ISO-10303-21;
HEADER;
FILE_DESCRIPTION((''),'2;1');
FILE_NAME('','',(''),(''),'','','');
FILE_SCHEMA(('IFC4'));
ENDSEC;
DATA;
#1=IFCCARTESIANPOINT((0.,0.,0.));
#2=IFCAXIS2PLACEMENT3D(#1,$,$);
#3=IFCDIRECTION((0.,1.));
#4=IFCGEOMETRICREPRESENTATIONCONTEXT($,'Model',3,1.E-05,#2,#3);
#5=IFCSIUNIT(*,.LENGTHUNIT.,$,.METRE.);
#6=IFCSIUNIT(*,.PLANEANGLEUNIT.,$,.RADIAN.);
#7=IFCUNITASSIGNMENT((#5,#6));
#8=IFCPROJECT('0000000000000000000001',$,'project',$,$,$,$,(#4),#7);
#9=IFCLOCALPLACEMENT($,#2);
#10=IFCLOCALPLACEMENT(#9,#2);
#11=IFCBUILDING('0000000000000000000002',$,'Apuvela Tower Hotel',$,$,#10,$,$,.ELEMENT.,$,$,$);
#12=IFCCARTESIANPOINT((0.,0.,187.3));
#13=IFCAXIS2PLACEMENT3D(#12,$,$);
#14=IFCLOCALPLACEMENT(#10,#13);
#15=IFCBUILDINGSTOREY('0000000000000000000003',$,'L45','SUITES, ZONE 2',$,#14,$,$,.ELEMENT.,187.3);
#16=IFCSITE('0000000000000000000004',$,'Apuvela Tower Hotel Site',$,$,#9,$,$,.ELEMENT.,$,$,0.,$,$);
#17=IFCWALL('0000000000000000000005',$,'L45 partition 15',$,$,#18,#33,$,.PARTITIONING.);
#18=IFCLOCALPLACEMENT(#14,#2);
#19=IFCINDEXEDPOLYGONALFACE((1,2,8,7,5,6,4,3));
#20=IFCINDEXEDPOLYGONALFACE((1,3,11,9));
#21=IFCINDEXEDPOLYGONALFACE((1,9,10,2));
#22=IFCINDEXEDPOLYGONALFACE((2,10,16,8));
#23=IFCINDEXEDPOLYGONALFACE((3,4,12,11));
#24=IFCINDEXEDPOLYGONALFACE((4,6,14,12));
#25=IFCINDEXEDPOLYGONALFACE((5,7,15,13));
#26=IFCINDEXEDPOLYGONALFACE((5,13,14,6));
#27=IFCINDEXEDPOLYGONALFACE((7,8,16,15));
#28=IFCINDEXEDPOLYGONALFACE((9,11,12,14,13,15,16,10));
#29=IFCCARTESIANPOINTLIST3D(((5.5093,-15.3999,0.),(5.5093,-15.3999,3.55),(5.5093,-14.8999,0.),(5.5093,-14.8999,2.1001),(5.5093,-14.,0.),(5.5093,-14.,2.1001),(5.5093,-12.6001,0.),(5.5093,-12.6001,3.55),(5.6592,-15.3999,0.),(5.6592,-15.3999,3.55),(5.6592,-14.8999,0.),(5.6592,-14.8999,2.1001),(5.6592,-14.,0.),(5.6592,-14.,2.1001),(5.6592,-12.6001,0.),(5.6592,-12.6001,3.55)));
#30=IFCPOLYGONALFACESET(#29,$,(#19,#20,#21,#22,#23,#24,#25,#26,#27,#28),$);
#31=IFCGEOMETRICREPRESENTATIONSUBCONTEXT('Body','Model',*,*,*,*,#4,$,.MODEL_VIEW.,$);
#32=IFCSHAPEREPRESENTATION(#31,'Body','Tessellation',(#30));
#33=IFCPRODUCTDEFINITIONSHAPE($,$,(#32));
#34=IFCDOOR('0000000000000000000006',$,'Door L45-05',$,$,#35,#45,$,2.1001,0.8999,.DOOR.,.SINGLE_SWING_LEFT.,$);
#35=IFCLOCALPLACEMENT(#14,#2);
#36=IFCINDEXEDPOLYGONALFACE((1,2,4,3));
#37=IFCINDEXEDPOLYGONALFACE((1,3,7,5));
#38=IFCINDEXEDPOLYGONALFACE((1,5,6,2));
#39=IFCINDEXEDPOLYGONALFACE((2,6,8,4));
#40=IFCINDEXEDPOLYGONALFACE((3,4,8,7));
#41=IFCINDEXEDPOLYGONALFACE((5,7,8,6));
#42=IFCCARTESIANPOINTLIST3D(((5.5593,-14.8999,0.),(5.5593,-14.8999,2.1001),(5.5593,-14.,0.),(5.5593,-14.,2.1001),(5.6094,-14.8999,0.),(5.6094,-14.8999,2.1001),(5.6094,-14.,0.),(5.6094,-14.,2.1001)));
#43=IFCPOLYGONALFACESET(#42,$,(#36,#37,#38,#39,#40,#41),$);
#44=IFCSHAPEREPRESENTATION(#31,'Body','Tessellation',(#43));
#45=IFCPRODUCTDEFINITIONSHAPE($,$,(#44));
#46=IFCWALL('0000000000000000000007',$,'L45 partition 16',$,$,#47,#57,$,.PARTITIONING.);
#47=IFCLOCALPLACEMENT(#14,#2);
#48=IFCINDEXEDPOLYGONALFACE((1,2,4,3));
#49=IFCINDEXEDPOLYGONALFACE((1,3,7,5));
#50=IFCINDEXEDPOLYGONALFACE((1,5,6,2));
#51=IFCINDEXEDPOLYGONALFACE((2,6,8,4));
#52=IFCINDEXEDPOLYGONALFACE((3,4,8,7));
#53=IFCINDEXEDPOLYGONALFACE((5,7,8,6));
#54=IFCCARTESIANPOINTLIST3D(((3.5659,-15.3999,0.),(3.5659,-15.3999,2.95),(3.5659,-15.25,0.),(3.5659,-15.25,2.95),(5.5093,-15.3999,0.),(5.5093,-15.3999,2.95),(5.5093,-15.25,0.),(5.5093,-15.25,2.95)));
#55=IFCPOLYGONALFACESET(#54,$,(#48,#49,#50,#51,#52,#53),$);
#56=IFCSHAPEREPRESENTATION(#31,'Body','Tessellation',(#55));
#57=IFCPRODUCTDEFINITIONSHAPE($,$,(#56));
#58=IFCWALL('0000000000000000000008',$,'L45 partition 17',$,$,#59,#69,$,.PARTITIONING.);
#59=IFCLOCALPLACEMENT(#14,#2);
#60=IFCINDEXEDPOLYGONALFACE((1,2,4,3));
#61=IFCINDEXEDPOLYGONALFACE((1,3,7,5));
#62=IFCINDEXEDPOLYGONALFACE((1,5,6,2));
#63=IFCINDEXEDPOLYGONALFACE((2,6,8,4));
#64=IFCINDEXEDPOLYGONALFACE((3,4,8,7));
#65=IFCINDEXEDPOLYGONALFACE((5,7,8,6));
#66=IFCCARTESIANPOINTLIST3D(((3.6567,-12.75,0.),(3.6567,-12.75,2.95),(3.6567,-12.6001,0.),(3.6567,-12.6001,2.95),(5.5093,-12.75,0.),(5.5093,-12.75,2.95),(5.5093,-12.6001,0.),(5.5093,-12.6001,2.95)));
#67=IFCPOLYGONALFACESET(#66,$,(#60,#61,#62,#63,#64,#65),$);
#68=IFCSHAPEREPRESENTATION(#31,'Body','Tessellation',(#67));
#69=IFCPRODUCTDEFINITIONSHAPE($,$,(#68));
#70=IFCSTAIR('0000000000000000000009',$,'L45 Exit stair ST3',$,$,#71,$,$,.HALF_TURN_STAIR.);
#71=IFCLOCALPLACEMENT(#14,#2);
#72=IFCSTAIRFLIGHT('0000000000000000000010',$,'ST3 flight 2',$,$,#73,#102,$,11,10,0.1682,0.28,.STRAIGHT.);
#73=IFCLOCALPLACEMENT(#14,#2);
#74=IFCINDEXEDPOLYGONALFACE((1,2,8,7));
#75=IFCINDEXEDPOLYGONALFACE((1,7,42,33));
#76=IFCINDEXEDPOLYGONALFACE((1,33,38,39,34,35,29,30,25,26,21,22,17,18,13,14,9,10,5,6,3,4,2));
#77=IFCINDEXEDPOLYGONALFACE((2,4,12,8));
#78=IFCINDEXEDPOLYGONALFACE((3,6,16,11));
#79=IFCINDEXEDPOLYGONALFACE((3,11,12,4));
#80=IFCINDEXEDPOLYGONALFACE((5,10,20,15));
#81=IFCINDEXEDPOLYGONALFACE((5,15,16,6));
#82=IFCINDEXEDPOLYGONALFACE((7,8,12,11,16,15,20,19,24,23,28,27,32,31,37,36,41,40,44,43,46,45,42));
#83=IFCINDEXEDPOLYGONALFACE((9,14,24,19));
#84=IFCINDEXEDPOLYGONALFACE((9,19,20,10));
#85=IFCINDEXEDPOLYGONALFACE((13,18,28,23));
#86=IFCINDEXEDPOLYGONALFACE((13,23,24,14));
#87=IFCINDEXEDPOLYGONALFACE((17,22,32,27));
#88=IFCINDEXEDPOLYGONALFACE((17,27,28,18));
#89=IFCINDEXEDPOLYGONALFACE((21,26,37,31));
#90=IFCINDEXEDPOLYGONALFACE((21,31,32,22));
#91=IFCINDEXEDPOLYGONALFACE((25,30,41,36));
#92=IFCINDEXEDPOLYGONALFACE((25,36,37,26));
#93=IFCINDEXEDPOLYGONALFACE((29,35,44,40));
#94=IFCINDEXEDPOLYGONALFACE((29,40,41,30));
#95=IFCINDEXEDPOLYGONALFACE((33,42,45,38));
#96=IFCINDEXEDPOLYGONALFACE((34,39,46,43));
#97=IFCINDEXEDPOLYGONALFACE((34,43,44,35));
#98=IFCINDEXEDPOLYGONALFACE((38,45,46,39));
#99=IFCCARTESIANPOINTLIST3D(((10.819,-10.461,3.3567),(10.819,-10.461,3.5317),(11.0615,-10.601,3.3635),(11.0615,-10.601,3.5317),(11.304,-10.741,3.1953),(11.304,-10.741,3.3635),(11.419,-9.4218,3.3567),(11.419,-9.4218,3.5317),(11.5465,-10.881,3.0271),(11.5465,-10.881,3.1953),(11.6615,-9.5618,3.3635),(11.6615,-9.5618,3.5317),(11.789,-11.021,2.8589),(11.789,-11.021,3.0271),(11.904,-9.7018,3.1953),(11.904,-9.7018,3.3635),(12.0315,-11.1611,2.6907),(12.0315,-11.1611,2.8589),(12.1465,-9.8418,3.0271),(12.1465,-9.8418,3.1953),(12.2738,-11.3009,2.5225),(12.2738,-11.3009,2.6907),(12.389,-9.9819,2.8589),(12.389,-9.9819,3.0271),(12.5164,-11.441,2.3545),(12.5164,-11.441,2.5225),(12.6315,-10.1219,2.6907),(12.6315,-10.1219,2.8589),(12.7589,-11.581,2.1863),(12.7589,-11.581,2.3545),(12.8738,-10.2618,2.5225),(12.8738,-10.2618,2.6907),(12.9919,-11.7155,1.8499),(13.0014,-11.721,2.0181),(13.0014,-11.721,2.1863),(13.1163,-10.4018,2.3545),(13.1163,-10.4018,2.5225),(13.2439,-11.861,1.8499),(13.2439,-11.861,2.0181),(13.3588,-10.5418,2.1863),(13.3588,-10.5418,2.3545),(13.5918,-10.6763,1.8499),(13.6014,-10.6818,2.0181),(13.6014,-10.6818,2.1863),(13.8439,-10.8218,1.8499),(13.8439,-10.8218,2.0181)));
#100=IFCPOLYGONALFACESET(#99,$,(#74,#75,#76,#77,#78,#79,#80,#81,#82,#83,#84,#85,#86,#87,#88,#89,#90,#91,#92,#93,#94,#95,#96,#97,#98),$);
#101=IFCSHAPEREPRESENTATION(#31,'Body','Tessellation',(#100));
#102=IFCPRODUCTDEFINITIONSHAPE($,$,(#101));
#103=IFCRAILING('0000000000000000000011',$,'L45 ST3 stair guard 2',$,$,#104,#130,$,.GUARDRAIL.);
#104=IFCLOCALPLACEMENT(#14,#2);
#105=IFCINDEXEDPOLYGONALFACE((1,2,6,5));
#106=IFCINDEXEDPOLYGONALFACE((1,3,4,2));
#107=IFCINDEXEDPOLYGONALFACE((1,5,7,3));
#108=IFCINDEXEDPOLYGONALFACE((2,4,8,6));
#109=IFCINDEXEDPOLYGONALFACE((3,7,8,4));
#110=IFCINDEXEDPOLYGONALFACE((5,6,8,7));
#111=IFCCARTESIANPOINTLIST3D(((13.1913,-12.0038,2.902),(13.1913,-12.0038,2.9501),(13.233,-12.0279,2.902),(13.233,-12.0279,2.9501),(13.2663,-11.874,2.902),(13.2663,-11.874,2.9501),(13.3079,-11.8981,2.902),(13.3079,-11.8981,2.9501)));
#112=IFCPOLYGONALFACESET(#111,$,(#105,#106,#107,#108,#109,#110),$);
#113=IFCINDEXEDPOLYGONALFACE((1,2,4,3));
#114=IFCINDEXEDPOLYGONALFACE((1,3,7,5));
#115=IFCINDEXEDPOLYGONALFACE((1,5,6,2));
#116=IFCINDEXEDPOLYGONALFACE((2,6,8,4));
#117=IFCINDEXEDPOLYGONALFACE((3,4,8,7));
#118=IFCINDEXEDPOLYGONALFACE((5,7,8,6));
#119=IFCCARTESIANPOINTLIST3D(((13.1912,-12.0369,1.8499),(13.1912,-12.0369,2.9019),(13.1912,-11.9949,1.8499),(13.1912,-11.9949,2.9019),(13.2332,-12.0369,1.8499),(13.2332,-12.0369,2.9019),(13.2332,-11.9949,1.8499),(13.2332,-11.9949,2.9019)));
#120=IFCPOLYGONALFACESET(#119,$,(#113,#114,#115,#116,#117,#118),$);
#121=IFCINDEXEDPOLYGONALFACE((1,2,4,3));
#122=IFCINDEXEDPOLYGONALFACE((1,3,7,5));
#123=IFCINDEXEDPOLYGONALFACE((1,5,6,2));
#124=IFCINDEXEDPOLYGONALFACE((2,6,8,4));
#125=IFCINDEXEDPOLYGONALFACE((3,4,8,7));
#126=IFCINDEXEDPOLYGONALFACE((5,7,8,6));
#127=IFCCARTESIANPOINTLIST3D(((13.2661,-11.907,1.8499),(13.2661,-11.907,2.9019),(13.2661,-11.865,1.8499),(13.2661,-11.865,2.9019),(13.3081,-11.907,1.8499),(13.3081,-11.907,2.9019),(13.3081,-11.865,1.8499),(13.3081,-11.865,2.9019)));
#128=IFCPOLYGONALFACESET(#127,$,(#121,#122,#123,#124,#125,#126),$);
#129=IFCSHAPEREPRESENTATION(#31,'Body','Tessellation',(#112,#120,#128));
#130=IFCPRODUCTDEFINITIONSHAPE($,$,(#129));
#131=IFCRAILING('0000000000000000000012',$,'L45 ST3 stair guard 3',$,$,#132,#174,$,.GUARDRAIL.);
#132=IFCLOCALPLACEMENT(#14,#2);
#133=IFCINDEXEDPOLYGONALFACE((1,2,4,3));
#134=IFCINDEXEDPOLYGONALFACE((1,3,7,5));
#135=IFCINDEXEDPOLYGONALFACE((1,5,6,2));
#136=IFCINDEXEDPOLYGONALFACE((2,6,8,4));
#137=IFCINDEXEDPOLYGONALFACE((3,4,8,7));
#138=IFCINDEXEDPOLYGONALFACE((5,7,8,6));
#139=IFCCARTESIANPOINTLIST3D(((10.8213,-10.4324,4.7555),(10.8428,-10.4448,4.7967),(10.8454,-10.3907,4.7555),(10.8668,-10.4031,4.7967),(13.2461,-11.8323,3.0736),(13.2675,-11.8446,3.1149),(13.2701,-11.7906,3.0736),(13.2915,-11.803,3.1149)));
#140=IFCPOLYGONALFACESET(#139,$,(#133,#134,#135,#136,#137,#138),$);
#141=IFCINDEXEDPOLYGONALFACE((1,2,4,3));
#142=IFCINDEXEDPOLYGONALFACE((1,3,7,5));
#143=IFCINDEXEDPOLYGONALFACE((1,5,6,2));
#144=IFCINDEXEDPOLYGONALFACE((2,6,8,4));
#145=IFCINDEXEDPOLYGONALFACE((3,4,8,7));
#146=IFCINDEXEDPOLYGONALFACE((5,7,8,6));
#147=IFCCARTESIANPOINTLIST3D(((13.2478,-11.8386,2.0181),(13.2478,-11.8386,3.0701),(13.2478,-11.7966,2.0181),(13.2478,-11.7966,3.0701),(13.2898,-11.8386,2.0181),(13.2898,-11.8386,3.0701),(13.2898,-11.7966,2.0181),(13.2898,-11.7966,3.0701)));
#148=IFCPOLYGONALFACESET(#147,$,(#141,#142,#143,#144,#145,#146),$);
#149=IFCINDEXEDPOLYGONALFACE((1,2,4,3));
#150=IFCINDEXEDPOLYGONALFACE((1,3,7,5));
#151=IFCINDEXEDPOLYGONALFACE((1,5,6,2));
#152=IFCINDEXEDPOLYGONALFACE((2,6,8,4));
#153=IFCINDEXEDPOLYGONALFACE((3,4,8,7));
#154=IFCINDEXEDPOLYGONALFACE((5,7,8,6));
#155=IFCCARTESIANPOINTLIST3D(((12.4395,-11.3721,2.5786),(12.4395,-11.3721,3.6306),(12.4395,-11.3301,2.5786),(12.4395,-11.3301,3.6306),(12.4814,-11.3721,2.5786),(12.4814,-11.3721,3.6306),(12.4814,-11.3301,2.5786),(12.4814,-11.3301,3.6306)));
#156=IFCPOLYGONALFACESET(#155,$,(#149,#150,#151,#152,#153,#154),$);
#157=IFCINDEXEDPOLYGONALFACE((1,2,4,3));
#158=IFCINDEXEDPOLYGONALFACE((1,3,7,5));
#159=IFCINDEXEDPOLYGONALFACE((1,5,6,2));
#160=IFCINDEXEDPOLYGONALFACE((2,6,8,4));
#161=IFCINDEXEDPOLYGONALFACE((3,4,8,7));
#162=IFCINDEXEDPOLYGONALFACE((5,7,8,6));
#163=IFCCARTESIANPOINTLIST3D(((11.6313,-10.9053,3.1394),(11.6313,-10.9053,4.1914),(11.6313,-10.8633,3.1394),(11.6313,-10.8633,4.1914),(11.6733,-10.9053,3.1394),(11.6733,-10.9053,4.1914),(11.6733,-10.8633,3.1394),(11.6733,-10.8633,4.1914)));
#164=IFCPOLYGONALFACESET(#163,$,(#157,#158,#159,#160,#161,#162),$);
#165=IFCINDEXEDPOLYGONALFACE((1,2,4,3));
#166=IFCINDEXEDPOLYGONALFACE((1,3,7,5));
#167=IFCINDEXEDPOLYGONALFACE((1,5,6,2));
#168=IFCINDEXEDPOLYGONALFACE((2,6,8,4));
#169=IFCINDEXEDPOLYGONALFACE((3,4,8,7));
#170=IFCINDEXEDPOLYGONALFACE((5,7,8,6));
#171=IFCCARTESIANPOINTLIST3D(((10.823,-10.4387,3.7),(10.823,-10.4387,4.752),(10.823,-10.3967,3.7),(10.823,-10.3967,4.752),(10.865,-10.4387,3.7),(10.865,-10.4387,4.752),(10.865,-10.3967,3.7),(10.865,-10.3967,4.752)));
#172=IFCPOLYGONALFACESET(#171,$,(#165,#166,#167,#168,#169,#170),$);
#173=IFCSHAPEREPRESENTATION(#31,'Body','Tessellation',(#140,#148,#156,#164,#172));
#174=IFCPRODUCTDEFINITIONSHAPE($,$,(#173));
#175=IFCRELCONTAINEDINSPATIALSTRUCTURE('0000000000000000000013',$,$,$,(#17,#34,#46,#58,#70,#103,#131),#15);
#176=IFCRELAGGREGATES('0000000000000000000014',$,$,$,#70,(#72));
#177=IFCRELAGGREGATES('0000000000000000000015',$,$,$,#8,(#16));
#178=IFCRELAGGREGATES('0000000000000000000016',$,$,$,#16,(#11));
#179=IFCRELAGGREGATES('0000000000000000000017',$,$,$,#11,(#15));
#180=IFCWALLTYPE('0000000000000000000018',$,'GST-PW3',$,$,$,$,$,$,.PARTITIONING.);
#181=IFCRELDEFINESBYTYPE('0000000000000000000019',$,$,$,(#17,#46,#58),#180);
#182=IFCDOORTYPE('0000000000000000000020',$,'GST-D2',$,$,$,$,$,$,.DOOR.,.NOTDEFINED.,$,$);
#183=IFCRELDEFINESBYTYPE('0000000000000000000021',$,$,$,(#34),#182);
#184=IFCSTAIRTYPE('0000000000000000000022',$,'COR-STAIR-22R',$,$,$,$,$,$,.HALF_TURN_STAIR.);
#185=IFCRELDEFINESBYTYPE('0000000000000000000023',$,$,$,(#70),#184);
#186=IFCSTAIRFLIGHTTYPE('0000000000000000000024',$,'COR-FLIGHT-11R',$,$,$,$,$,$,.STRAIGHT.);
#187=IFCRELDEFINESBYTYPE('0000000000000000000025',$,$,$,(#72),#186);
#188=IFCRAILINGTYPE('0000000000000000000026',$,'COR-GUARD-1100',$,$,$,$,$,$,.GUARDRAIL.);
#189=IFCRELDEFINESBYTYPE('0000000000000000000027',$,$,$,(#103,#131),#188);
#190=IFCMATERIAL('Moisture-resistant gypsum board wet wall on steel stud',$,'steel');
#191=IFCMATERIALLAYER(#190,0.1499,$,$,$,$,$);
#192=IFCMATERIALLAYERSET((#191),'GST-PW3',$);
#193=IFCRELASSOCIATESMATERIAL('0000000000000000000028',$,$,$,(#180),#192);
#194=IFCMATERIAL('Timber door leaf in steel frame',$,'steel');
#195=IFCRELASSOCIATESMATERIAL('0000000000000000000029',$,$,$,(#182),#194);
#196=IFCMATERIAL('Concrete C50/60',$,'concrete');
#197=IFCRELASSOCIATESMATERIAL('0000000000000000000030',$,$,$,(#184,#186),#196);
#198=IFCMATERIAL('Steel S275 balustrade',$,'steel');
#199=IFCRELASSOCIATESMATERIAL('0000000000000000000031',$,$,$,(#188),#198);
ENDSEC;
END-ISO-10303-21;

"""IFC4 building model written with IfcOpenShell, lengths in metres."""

from ifc_helpers import new_model, si_unit, direction, frame, frame_2d, origin, origin_2d, place, context, subcontext, project, spatial, polyline, rectangle, outline, extrude, material, layer, layer_set, type_object, element, fill, aggregate, save


model = new_model("IFC4")

# Units and contexts
model_context = context("Model", 3, precision=1e-05, world=origin(), true_north=direction((0.0, 1.0)))
body_context = subcontext(model_context, "Body", "Model", "MODEL_VIEW")
ifc_project = project(units=[si_unit("LENGTHUNIT", "METRE"), si_unit("PLANEANGLEUNIT", "RADIAN")], contexts=[model_context])

# Site, building, storey
site_placement = place(None, origin())
site = spatial("IfcSite", under=ifc_project, at=site_placement, Name="Apuvela Tower Hotel Site", CompositionType="ELEMENT", RefElevation=0.0)
building_placement = place(site_placement, origin())
building = spatial("IfcBuilding", under=site, at=building_placement, Name="Apuvela Tower Hotel", CompositionType="ELEMENT")
storey_placement = place(building_placement, frame((0.0, 0.0, 187.3)))
storey = spatial("IfcBuildingStorey", under=building, at=storey_placement, Name="L45", Description="SUITES, ZONE 2", CompositionType="ELEMENT", Elevation=187.3)

# Shared definitions
ifc_material_1 = material(Name="Moisture-resistant gypsum board wet wall on steel stud", Category="steel")
ifc_layer_1 = layer(ifc_material_1, 0.1499)
ifc_layer_set_1 = layer_set([ifc_layer_1], Name="GST-PW3")
wall_type_1 = type_object("IfcWallType", Name="GST-PW3", PredefinedType="PARTITIONING", material=ifc_layer_set_1)

# Wall, opening, door
wall_1_placement = place(storey_placement, frame((5.5842, -15.3999, 0.0), z_axis=(0.0, 0.0, 1.0), x_axis=(0.0, 1.0, 0.0)))
wall_1 = element("IfcWall", 1, at=wall_1_placement, inside=storey, type_object=wall_type_1, Name="L45 partition 15", PredefinedType="PARTITIONING", context=body_context, shape_type="SweptSolid", body=[
    extrude(rectangle(XDim=2.7998, YDim=0.1499, at=frame_2d((1.3999, 0.0))), origin(), (0.0, 0.0, 1.0), 3.55),
])
opening_1_placement = place(wall_1_placement, frame((0.5, 0.0, 0.0)))
opening_1 = element("IfcOpeningElement", 2, at=opening_1_placement, cuts=wall_1, PredefinedType="OPENING", context=body_context, shape_type="SweptSolid", body=[
    extrude(rectangle(XDim=0.8999, YDim=2.1001, at=frame_2d((0.45, 1.05))), frame((0.0, 0.085, 0.0), z_axis=(0.0, -1.0, 0.0), x_axis=(1.0, 0.0, 0.0)), (0.0, 0.0, 1.0), 0.1699),
])
ifc_material_2 = material(Name="Timber door leaf in steel frame", Category="steel")
door_type_1 = type_object("IfcDoorType", Name="GST-D2", OperationType="NOTDEFINED", PredefinedType="DOOR", material=ifc_material_2)
door_1_placement = place(opening_1_placement, origin())
door_1 = element("IfcDoor", 3, at=door_1_placement, inside=storey, type_object=door_type_1, Name="Door L45-05", OperationType="SINGLE_SWING_LEFT", OverallHeight=2.1001, OverallWidth=0.8999, PredefinedType="DOOR", context=body_context, shape_type="SweptSolid", body=[
    extrude(rectangle(XDim=0.8999, YDim=2.1001, at=frame_2d((0.45, 1.05))), frame((0.0, 0.0249, 0.0), z_axis=(0.0, -1.0, 0.0), x_axis=(1.0, 0.0, 0.0)), (0.0, 0.0, 1.0), 0.05),
])
fill(opening_1, door_1)

# Walls
wall_2_placement = place(storey_placement, frame((3.5659, -15.325, 0.0), z_axis=(0.0, 0.0, 1.0), x_axis=(1.0, 0.0, 0.0)))
element("IfcWall", 4, at=wall_2_placement, inside=storey, type_object=wall_type_1, Name="L45 partition 16", PredefinedType="PARTITIONING", context=body_context, shape_type="SweptSolid", body=[
    extrude(rectangle(XDim=1.9434, YDim=0.1499, at=frame_2d((0.9717, 0.0))), origin(), (0.0, 0.0, 1.0), 2.95),
])
wall_3_placement = place(storey_placement, frame((3.6567, -12.675, 0.0), z_axis=(0.0, 0.0, 1.0), x_axis=(1.0, 0.0, 0.0)))
element("IfcWall", 5, at=wall_3_placement, inside=storey, type_object=wall_type_1, Name="L45 partition 17", PredefinedType="PARTITIONING", context=body_context, shape_type="SweptSolid", body=[
    extrude(rectangle(XDim=1.8525, YDim=0.1499, at=frame_2d((0.9263, 0.0))), origin(), (0.0, 0.0, 1.0), 2.95),
])

# Stair, stair flight
ifc_material_3 = material(Name="Concrete C50/60", Category="concrete")
stair_type = type_object("IfcStairType", Name="COR-STAIR-22R", PredefinedType="HALF_TURN_STAIR", material=ifc_material_3)
stair_placement = place(storey_placement, origin())
stair = element("IfcStair", 6, at=stair_placement, inside=storey, type_object=stair_type, Name="L45 Exit stair ST3", PredefinedType="HALF_TURN_STAIR")
stair_flight_type = type_object("IfcStairFlightType", Name="COR-FLIGHT-11R", PredefinedType="STRAIGHT", material=ifc_material_3)
stair_flight_placement = place(storey_placement, frame((13.5439, -11.3413, 1.8499), z_axis=(0.0, 0.0, 1.0), x_axis=(-0.866025, 0.5, 0.0)))
stair_flight = element("IfcStairFlight", 7, at=stair_flight_placement, type_object=stair_flight_type, Name="ST3 flight 2", NumberOfRisers=11, NumberOfTreads=10, PredefinedType="STRAIGHT", RiserHeight=0.1682, TreadLength=0.28, context=body_context, shape_type="SweptSolid", body=[
    extrude(outline(polyline([(0.0, 0.0), (0.0, 0.1682), (0.28, 0.1682), (0.28, 0.3364), (0.5601, 0.3364), (0.5601, 0.5046), (0.8401, 0.5046), (0.8401, 0.6726), (1.1201, 0.6726), (1.1201, 0.8408), (1.3999, 0.8408), (1.3999, 1.009), (1.6799, 1.009), (1.6799, 1.1772), (1.96, 1.1772), (1.96, 1.3455), (2.24, 1.3455), (2.24, 1.5137), (2.52, 1.5137), (2.52, 1.6819), (2.8, 1.6819), (2.8, 1.8501), (2.8, 1.5068), (0.291, 0.0), (0.0, 0.0)])), frame((0.0, 0.6001, 0.0), z_axis=(0.0, -1.0, 0.0), x_axis=(1.0, 0.0, 0.0)), (0.0, 0.0, 1.0), 1.2),
])
aggregate(stair, [stair_flight])

# Railings
ifc_material_4 = material(Name="Steel S275 balustrade", Category="steel")
railing_type_1 = type_object("IfcRailingType", Name="COR-GUARD-1100", PredefinedType="GUARDRAIL", material=ifc_material_4)
railing_1_placement = place(storey_placement, frame((13.2122, -12.0159, 1.8499)))
element("IfcRailing", 8, at=railing_1_placement, inside=storey, type_object=railing_type_1, Name="L45 ST3 stair guard 2", PredefinedType="GUARDRAIL", context=body_context, shape_type="SweptSolid", body=[
    extrude(rectangle(XDim=0.0481, YDim=0.0481, at=origin_2d()), frame((0.0, 0.0, 1.0762), z_axis=(0.499816, 0.866131, 0.0), x_axis=(-0.866131, 0.499816, 0.0)), (0.0, 0.0, 1.0), 0.1499),
    extrude(rectangle(XDim=0.042, YDim=0.042, at=origin_2d()), origin(), (0.0, 0.0, 1.0), 1.052),
    extrude(rectangle(XDim=0.042, YDim=0.042, at=origin_2d()), frame((0.075, 0.1299, 0.0)), (0.0, 0.0, 1.0), 1.052),
])
railing_2_placement = place(storey_placement, frame((13.2688, -11.8176, 2.0181)))
element("IfcRailing", 9, at=railing_2_placement, inside=storey, type_object=railing_type_1, Name="L45 ST3 stair guard 3", PredefinedType="GUARDRAIL", context=body_context, shape_type="SweptSolid", body=[
    extrude(rectangle(XDim=0.0481, YDim=0.0481, at=origin_2d()), frame((0.0, 0.0, 1.0762), z_axis=(-0.74239, 0.428601, 0.514934), x_axis=(-0.499984, -0.866035, 0.0)), (0.0, 0.0, 1.0), 3.2661),
    extrude(rectangle(XDim=0.042, YDim=0.042, at=origin_2d()), origin(), (0.0, 0.0, 1.0), 1.052),
    extrude(rectangle(XDim=0.042, YDim=0.042, at=origin_2d()), frame((-0.8083, 0.4666, 0.5605)), (0.0, 0.0, 1.0), 1.052),
    extrude(rectangle(XDim=0.042, YDim=0.042, at=origin_2d()), frame((-1.6165, 0.9333, 1.1213)), (0.0, 0.0, 1.0), 1.052),
    extrude(rectangle(XDim=0.042, YDim=0.042, at=origin_2d()), frame((-2.4248, 1.3999, 1.6819)), (0.0, 0.0, 1.0), 1.052),
])

save(model, "model.ifc")
